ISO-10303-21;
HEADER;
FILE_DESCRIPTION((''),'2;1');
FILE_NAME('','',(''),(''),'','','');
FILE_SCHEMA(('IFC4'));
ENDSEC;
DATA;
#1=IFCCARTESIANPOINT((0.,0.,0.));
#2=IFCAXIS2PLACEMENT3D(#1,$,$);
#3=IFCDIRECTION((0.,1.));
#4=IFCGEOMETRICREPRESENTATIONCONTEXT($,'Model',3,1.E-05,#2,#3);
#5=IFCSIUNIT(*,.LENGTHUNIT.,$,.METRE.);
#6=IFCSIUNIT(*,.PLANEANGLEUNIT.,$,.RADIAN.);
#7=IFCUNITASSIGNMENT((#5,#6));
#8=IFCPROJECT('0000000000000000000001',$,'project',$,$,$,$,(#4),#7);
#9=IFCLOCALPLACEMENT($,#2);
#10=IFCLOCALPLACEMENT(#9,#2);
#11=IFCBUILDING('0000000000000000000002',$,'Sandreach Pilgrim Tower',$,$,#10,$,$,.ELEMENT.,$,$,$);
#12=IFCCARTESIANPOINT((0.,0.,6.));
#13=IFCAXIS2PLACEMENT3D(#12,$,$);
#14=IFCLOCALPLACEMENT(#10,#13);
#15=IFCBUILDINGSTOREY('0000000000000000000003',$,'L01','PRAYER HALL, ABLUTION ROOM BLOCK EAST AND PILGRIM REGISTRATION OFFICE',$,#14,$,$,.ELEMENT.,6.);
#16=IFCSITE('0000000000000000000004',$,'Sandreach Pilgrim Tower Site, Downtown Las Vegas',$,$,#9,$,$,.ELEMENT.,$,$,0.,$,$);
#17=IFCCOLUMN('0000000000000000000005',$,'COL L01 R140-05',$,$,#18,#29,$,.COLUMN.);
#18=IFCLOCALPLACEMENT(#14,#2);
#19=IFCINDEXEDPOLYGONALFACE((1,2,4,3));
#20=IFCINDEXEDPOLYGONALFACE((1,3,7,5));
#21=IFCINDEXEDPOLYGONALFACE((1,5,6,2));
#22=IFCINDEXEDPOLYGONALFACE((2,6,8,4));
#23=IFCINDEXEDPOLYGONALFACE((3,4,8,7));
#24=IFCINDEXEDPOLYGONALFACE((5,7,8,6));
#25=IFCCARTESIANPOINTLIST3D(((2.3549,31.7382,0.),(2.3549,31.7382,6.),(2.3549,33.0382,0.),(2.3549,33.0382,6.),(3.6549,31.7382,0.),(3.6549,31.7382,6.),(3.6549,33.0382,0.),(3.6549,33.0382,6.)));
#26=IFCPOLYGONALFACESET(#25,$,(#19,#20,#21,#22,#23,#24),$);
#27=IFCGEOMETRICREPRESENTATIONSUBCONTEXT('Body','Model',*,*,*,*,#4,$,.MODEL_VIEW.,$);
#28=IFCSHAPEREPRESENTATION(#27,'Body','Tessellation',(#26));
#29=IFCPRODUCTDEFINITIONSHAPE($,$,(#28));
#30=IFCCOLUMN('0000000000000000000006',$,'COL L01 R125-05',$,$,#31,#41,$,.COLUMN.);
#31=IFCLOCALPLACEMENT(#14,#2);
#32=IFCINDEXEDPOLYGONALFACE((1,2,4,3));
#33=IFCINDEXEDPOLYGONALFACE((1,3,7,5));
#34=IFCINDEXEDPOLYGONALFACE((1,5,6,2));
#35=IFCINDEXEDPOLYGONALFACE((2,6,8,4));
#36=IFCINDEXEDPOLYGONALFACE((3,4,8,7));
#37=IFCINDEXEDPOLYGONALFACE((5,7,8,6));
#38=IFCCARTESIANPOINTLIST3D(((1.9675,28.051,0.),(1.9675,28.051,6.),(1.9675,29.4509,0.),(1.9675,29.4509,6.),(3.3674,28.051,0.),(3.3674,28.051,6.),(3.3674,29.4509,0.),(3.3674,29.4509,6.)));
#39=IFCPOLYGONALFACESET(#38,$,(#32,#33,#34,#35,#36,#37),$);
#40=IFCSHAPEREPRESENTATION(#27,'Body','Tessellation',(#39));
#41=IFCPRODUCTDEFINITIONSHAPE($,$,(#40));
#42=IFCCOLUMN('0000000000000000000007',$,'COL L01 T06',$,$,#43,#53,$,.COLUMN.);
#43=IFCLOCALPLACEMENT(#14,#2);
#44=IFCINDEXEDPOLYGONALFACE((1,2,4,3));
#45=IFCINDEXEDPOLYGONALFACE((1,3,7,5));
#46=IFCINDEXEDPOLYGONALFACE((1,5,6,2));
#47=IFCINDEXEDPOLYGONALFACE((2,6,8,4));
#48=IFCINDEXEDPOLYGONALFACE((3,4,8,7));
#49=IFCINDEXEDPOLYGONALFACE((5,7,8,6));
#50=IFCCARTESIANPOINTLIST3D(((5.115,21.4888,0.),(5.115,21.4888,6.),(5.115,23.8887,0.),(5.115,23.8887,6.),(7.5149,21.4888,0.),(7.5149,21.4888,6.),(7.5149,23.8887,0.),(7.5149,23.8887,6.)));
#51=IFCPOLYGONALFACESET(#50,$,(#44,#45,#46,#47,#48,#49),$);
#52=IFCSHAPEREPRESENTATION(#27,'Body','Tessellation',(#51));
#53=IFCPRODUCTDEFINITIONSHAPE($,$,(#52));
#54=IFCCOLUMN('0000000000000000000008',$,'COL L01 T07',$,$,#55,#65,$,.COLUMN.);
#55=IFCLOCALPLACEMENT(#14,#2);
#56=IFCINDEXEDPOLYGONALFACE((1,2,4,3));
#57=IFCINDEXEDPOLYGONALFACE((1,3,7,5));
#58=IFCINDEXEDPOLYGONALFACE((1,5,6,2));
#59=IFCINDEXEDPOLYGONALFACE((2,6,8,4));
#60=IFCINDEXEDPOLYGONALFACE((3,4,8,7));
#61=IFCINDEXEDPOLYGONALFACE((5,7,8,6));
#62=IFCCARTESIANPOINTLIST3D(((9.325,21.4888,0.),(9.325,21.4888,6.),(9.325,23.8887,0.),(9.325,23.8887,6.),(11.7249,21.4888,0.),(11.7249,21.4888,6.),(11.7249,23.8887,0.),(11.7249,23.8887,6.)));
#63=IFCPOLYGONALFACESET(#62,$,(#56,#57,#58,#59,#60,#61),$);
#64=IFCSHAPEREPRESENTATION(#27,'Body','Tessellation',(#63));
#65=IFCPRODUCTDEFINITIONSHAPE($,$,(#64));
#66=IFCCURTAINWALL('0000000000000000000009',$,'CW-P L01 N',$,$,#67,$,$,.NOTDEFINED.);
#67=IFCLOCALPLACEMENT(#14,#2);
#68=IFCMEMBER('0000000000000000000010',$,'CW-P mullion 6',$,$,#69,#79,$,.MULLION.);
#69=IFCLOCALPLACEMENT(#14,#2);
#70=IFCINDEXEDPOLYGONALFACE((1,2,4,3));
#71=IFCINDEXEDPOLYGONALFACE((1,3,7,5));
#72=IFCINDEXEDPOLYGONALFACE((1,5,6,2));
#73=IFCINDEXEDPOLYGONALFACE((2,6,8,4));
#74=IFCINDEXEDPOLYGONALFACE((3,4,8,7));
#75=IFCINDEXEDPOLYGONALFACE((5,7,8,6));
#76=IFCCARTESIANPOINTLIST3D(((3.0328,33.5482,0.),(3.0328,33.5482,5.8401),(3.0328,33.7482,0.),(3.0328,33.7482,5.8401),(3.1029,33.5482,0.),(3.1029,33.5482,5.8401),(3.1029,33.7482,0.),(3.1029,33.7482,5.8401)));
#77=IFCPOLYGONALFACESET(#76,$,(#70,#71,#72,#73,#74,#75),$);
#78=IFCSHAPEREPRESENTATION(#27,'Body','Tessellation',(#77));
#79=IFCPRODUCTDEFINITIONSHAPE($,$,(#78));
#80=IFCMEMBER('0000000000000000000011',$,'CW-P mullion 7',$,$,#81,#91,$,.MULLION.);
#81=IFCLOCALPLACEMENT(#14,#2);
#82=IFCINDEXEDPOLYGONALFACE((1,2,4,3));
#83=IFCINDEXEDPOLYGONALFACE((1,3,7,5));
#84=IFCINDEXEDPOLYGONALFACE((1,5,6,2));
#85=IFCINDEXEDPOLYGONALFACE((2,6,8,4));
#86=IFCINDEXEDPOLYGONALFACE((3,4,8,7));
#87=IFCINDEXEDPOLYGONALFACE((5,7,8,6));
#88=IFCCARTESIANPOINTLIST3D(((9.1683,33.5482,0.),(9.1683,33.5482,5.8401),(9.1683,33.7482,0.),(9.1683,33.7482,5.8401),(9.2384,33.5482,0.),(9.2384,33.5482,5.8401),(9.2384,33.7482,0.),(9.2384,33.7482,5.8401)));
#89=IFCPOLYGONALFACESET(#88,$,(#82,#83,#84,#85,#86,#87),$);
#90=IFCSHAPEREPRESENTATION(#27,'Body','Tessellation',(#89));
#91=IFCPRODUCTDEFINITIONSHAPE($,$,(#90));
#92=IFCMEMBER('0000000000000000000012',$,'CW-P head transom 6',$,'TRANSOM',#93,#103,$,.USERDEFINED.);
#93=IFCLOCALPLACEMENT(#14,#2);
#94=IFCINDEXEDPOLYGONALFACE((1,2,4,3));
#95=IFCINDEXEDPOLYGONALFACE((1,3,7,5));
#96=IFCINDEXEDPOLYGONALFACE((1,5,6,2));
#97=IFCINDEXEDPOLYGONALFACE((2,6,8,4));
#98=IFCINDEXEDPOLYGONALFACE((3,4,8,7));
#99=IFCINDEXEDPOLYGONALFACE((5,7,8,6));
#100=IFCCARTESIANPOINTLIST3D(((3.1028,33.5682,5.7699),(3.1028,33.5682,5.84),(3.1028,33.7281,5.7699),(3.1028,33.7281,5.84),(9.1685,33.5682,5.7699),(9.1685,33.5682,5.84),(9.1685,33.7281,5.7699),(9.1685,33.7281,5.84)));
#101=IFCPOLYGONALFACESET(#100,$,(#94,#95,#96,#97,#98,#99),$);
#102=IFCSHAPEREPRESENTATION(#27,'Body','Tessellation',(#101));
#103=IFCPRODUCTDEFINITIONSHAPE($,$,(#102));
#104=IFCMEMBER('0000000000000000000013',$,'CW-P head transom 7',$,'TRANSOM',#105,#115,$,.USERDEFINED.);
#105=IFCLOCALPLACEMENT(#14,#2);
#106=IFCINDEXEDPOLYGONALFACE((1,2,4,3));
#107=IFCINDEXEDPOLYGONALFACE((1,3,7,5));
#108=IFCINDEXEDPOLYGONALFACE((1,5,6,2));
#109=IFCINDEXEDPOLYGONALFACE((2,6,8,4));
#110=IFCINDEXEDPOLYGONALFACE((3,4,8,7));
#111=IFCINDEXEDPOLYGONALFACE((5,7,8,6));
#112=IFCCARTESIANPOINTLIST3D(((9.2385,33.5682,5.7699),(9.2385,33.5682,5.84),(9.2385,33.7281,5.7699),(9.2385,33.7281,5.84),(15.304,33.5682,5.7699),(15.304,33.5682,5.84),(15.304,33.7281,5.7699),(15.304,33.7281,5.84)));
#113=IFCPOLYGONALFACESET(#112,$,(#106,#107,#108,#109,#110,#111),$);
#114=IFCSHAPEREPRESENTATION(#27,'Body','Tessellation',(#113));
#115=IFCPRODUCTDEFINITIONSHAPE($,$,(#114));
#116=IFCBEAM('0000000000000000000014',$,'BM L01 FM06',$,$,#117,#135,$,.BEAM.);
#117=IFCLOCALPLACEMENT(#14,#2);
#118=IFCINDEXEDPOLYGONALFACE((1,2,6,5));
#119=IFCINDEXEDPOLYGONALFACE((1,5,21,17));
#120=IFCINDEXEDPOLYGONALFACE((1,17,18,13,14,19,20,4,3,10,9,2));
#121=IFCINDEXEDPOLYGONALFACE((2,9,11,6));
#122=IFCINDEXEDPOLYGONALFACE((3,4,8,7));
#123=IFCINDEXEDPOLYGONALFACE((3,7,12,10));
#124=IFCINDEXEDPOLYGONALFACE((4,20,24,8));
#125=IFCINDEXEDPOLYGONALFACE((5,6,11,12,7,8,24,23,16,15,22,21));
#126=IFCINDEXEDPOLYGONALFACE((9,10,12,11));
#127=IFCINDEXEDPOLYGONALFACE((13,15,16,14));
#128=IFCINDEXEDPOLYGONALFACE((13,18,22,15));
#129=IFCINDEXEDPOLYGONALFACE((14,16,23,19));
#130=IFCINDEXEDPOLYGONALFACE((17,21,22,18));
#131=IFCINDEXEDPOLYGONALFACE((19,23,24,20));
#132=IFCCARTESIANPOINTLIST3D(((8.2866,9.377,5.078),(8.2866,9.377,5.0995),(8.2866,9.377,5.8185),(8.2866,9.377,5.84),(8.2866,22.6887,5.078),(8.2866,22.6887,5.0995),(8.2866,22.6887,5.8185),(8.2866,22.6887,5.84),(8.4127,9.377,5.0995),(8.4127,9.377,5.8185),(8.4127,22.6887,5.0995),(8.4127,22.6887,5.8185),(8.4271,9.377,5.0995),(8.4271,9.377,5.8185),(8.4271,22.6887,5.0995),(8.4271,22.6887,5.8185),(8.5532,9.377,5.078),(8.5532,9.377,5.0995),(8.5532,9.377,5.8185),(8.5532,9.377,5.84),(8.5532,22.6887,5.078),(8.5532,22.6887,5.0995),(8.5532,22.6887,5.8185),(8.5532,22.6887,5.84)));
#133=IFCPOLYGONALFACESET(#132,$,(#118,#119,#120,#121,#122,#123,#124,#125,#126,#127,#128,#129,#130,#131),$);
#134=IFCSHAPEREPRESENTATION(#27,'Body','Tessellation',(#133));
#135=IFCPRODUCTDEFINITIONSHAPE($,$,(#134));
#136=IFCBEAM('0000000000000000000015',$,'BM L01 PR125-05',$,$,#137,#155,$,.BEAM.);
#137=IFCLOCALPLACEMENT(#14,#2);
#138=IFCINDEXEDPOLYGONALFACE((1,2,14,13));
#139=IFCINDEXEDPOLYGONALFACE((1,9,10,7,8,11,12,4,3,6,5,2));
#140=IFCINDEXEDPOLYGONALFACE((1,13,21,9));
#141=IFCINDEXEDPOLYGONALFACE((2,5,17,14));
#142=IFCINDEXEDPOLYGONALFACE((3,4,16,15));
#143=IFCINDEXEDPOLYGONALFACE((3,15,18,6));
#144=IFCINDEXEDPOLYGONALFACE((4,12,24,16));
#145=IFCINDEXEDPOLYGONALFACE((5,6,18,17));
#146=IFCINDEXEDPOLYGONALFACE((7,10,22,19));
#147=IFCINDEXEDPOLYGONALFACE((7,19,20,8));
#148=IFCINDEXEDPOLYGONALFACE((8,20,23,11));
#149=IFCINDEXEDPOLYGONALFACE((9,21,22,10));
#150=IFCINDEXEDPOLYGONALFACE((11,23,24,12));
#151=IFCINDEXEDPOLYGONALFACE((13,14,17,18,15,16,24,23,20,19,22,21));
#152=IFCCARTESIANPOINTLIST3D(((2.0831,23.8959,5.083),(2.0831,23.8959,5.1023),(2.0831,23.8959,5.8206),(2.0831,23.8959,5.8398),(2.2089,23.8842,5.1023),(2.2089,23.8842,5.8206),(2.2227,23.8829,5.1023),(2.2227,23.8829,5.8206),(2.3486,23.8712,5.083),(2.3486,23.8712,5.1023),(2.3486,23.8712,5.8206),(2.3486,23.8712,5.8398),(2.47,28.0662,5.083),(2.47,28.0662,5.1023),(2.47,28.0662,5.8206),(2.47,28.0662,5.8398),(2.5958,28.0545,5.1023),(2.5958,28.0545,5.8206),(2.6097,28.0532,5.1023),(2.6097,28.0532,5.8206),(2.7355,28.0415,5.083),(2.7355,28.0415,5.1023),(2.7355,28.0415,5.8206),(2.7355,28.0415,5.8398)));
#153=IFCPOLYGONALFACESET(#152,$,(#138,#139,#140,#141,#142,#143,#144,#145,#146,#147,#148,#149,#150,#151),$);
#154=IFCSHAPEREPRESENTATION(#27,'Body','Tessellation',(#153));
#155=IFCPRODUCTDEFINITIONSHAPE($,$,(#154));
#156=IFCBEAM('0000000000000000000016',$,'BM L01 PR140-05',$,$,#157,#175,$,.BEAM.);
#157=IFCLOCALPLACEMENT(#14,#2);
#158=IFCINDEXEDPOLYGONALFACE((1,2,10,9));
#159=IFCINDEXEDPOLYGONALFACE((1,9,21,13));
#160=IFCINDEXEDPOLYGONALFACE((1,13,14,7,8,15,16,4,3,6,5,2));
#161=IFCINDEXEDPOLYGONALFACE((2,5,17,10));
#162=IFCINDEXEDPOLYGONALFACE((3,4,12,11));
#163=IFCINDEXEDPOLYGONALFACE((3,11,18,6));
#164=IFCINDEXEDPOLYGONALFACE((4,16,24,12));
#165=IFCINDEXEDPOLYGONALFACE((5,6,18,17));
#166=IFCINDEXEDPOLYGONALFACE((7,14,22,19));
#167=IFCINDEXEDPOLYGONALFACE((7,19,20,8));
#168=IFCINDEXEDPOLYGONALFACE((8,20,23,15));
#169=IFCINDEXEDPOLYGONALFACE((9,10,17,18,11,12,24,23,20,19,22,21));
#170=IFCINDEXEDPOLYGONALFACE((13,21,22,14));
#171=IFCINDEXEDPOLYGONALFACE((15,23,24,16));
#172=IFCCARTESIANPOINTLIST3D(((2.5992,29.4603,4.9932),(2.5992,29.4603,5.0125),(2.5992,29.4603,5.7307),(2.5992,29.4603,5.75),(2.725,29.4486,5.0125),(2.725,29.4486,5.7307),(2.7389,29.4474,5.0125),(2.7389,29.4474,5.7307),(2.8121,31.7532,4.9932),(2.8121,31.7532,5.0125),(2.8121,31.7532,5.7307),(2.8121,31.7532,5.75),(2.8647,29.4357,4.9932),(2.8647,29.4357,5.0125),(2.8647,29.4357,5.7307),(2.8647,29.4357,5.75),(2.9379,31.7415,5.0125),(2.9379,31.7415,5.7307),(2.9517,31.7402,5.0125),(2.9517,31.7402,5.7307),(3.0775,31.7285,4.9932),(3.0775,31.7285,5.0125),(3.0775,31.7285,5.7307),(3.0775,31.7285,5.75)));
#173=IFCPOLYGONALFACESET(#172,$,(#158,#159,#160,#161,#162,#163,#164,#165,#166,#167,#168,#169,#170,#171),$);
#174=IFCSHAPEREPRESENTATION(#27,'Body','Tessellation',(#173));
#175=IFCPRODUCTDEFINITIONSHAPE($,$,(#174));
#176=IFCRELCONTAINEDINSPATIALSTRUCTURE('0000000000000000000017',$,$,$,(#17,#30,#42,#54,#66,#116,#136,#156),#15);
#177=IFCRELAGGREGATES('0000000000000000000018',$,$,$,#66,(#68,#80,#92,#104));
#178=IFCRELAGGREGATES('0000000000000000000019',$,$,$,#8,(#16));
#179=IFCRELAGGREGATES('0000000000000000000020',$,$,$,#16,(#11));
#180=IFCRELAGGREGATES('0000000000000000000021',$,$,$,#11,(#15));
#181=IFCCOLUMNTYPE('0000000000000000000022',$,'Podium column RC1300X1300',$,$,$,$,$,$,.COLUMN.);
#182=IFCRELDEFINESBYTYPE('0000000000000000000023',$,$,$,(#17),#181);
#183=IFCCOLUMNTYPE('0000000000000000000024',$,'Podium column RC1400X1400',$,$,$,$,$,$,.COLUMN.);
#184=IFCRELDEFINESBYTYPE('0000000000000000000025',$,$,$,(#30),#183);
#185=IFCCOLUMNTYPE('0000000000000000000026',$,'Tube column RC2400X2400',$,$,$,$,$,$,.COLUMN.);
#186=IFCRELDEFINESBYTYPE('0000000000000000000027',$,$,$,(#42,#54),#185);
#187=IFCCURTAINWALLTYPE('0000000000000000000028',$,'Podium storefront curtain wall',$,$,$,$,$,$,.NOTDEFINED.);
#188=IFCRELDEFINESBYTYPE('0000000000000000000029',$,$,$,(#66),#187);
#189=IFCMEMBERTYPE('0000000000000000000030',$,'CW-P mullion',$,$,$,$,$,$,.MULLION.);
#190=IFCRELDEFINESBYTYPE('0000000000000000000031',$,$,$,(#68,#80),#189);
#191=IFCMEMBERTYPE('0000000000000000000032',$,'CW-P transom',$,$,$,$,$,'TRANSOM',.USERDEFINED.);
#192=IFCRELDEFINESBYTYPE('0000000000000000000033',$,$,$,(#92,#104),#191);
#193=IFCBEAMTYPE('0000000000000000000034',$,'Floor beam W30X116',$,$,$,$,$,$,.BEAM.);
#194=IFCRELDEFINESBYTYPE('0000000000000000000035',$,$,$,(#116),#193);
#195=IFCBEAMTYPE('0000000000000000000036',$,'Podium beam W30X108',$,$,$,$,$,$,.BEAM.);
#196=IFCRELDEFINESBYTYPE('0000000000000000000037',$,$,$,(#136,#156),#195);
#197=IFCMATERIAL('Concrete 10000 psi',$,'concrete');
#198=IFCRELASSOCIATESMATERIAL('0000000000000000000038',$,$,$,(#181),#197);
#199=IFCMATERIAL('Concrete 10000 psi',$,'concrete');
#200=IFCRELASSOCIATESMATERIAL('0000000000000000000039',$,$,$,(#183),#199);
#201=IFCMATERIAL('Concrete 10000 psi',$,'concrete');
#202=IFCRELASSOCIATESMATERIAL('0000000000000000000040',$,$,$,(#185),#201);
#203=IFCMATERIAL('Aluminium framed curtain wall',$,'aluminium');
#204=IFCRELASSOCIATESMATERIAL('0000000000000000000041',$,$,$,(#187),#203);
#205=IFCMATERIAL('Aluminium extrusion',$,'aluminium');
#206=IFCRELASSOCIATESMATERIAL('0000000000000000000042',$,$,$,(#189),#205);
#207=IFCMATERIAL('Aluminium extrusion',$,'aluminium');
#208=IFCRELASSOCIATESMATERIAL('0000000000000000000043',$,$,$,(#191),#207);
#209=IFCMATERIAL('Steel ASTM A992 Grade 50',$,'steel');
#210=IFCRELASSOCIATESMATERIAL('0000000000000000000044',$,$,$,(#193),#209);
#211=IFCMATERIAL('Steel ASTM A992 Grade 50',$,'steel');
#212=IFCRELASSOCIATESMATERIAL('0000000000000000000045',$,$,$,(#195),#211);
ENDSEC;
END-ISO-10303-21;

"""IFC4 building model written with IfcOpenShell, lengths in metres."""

from ifc_helpers import new_model, si_unit, direction, frame, origin, origin_2d, place, context, subcontext, project, spatial, rectangle, i_section, extrude, material, material_profile, profile_set, type_object, element, aggregate, save


model = new_model("IFC4")

# Units and contexts
model_context = context("Model", 3, precision=1e-05, world=origin(), true_north=direction((0.0, 1.0)))
body_context = subcontext(model_context, "Body", "Model", "MODEL_VIEW")
ifc_project = project(units=[si_unit("LENGTHUNIT", "METRE"), si_unit("PLANEANGLEUNIT", "RADIAN")], contexts=[model_context])

# Site, building, storey
site_placement = place(None, origin())
site = spatial("IfcSite", under=ifc_project, at=site_placement, Name="Sandreach Pilgrim Tower Site, Downtown Las Vegas", CompositionType="ELEMENT", RefElevation=0.0)
building_placement = place(site_placement, origin())
building = spatial("IfcBuilding", under=site, at=building_placement, Name="Sandreach Pilgrim Tower", CompositionType="ELEMENT")
storey_placement = place(building_placement, frame((0.0, 0.0, 6.0)))
storey = spatial("IfcBuildingStorey", under=building, at=storey_placement, Name="L01", Description="PRAYER HALL, ABLUTION ROOM BLOCK EAST AND PILGRIM REGISTRATION OFFICE", CompositionType="ELEMENT", Elevation=6.0)

# Columns
ifc_material_1 = material(Name="Concrete 10000 psi", Category="concrete")
ifc_material_profile_1 = material_profile(ifc_material_1, rectangle(XDim=1.3, YDim=1.3, at=origin_2d()), Name="RC1300X1300")
ifc_profile_set_1 = profile_set([ifc_material_profile_1], Name="Concrete 10000 psi")
column_type_1 = type_object("IfcColumnType", Name="Podium column RC1300X1300", PredefinedType="COLUMN", material=ifc_profile_set_1)
column_1_placement = place(storey_placement, frame((3.0049, 32.3882, 0.0), z_axis=(0.0, 0.0, 1.0), x_axis=(0.0, 1.0, 0.0)))
element("IfcColumn", 1, at=column_1_placement, inside=storey, type_object=column_type_1, Name="COL L01 R140-05", PredefinedType="COLUMN", context=body_context, shape_type="SweptSolid", body=[
    extrude(rectangle(XDim=1.3, YDim=1.3, at=origin_2d()), origin(), (0.0, 0.0, 1.0), 6.0),
])
ifc_material_2 = material(Name="Concrete 10000 psi", Category="concrete")
ifc_material_profile_2 = material_profile(ifc_material_2, rectangle(XDim=1.3999, YDim=1.3999, at=origin_2d()), Name="RC1400X1400")
ifc_profile_set_2 = profile_set([ifc_material_profile_2], Name="Concrete 10000 psi")
column_type_2 = type_object("IfcColumnType", Name="Podium column RC1400X1400", PredefinedType="COLUMN", material=ifc_profile_set_2)
column_2_placement = place(storey_placement, frame((2.6675, 28.751, 0.0), z_axis=(0.0, 0.0, 1.0), x_axis=(0.0, 1.0, 0.0)))
element("IfcColumn", 2, at=column_2_placement, inside=storey, type_object=column_type_2, Name="COL L01 R125-05", PredefinedType="COLUMN", context=body_context, shape_type="SweptSolid", body=[
    extrude(rectangle(XDim=1.3999, YDim=1.3999, at=origin_2d()), origin(), (0.0, 0.0, 1.0), 6.0),
])
ifc_material_3 = material(Name="Concrete 10000 psi", Category="concrete")
ifc_material_profile_3 = material_profile(ifc_material_3, rectangle(XDim=2.3999, YDim=2.3999, at=origin_2d()), Name="RC2400X2400")
ifc_profile_set_3 = profile_set([ifc_material_profile_3], Name="Concrete 10000 psi")
column_type_3 = type_object("IfcColumnType", Name="Tube column RC2400X2400", PredefinedType="COLUMN", material=ifc_profile_set_3)
for number, where, z_axis, x_axis, name in (
    (3, (6.3149, 22.6887, 0.0), (0.0, 0.0, 1.0), (0.0, 1.0, 0.0), "COL L01 T06"),
    (4, (10.5249, 22.6887, 0.0), (0.0, 0.0, 1.0), (0.0, 1.0, 0.0), "COL L01 T07"),
):
    element("IfcColumn", number, at=place(storey_placement, frame(where, z_axis=z_axis, x_axis=x_axis)), inside=storey, type_object=column_type_3, Name=name, PredefinedType="COLUMN", context=body_context, shape_type="SweptSolid", body=[
        extrude(rectangle(XDim=2.3999, YDim=2.3999, at=origin_2d()), origin(), (0.0, 0.0, 1.0), 6.0),
    ])

# Curtain wall, members
ifc_material_4 = material(Name="Aluminium framed curtain wall", Category="aluminium")
curtain_wall_type = type_object("IfcCurtainWallType", Name="Podium storefront curtain wall", PredefinedType="NOTDEFINED", material=ifc_material_4)
curtain_wall_placement = place(storey_placement, origin())
curtain_wall = element("IfcCurtainWall", 5, at=curtain_wall_placement, inside=storey, type_object=curtain_wall_type, Name="CW-P L01 N", PredefinedType="NOTDEFINED")
ifc_material_5 = material(Name="Aluminium extrusion", Category="aluminium")
ifc_material_profile_4 = material_profile(ifc_material_5, rectangle(XDim=0.0701, YDim=0.2, at=origin_2d()), Name="CW-PM 70X200")
ifc_profile_set_4 = profile_set([ifc_material_profile_4], Name="Aluminium extrusion")
member_type_1 = type_object("IfcMemberType", Name="CW-P mullion", PredefinedType="MULLION", material=ifc_profile_set_4)
member_1_placement = place(storey_placement, frame((3.0679, 33.6482, 0.0), z_axis=(0.0, 0.0, 1.0), x_axis=(1.0, 0.0, 0.0)))
member_1 = element("IfcMember", 6, at=member_1_placement, type_object=member_type_1, Name="CW-P mullion 6", PredefinedType="MULLION", context=body_context, shape_type="SweptSolid", body=[
    extrude(rectangle(XDim=0.0701, YDim=0.2, at=origin_2d()), origin(), (0.0, 0.0, 1.0), 5.8401),
])
member_2_placement = place(storey_placement, frame((9.2034, 33.6482, 0.0), z_axis=(0.0, 0.0, 1.0), x_axis=(1.0, 0.0, 0.0)))
member_2 = element("IfcMember", 7, at=member_2_placement, type_object=member_type_1, Name="CW-P mullion 7", PredefinedType="MULLION", context=body_context, shape_type="SweptSolid", body=[
    extrude(rectangle(XDim=0.0701, YDim=0.2, at=origin_2d()), origin(), (0.0, 0.0, 1.0), 5.8401),
])
ifc_material_6 = material(Name="Aluminium extrusion", Category="aluminium")
ifc_material_profile_5 = material_profile(ifc_material_6, rectangle(XDim=0.1599, YDim=0.0701, at=origin_2d()), Name="CW-PT 160X70")
ifc_profile_set_5 = profile_set([ifc_material_profile_5], Name="Aluminium extrusion")
member_type_2 = type_object("IfcMemberType", Name="CW-P transom", ElementType="TRANSOM", PredefinedType="USERDEFINED", material=ifc_profile_set_5)
member_3_placement = place(storey_placement, frame((3.1028, 33.6482, 5.8049), z_axis=(1.0, 0.0, 0.0), x_axis=(0.0, 1.0, 0.0)))
member_3 = element("IfcMember", 8, at=member_3_placement, type_object=member_type_2, Name="CW-P head transom 6", ObjectType="TRANSOM", PredefinedType="USERDEFINED", context=body_context, shape_type="SweptSolid", body=[
    extrude(rectangle(XDim=0.1599, YDim=0.0701, at=origin_2d()), origin(), (0.0, 0.0, 1.0), 6.0657),
])
member_4_placement = place(storey_placement, frame((9.2385, 33.6482, 5.8049), z_axis=(1.0, 0.0, 0.0), x_axis=(0.0, 1.0, 0.0)))
member_4 = element("IfcMember", 9, at=member_4_placement, type_object=member_type_2, Name="CW-P head transom 7", ObjectType="TRANSOM", PredefinedType="USERDEFINED", context=body_context, shape_type="SweptSolid", body=[
    extrude(rectangle(XDim=0.1599, YDim=0.0701, at=origin_2d()), origin(), (0.0, 0.0, 1.0), 6.0654),
])

# Beams
ifc_material_7 = material(Name="Steel ASTM A992 Grade 50", Category="steel")
ifc_material_profile_6 = material_profile(ifc_material_7, i_section(OverallWidth=0.2666, OverallDepth=0.762, WebThickness=0.0144, FlangeThickness=0.0215, at=origin_2d()), Name="W30X116")
ifc_profile_set_6 = profile_set([ifc_material_profile_6], Name="Steel ASTM A992 Grade 50")
beam_type_1 = type_object("IfcBeamType", Name="Floor beam W30X116", PredefinedType="BEAM", material=ifc_profile_set_6)
beam_1_placement = place(storey_placement, frame((8.4199, 22.6887, 5.459), z_axis=(0.0, -1.0, 0.0), x_axis=(1.0, 0.0, 0.0)))
element("IfcBeam", 10, at=beam_1_placement, inside=storey, type_object=beam_type_1, Name="BM L01 FM06", PredefinedType="BEAM", context=body_context, shape_type="SweptSolid", body=[
    extrude(i_section(OverallWidth=0.2666, OverallDepth=0.762, WebThickness=0.0144, FlangeThickness=0.0215, at=origin_2d()), origin(), (0.0, 0.0, 1.0), 13.3118),
])
ifc_material_8 = material(Name="Steel ASTM A992 Grade 50", Category="steel")
ifc_material_profile_7 = material_profile(ifc_material_8, i_section(OverallWidth=0.2666, OverallDepth=0.7568, WebThickness=0.0139, FlangeThickness=0.0193, at=origin_2d()), Name="W30X108")
ifc_profile_set_7 = profile_set([ifc_material_profile_7], Name="Steel ASTM A992 Grade 50")
beam_type_2 = type_object("IfcBeamType", Name="Podium beam W30X108", PredefinedType="BEAM", material=ifc_profile_set_7)
beam_2_placement = place(storey_placement, frame((2.2158, 23.8835, 5.4614), z_axis=(0.092391, 0.995723, 0.0), x_axis=(-0.995723, 0.092391, 0.0)))
element("IfcBeam", 11, at=beam_2_placement, inside=storey, type_object=beam_type_2, Name="BM L01 PR125-05", PredefinedType="BEAM", context=body_context, shape_type="SweptSolid", body=[
    extrude(i_section(OverallWidth=0.2666, OverallDepth=0.7568, WebThickness=0.0139, FlangeThickness=0.0193, at=origin_2d()), origin(), (0.0, 0.0, 1.0), 4.1882),
])
beam_3_placement = place(storey_placement, frame((2.7319, 29.448, 5.3716), z_axis=(0.092447, 0.995718, 0.0), x_axis=(-0.995718, 0.092447, 0.0)))
element("IfcBeam", 12, at=beam_3_placement, inside=storey, type_object=beam_type_2, Name="BM L01 PR140-05", PredefinedType="BEAM", context=body_context, shape_type="SweptSolid", body=[
    extrude(i_section(OverallWidth=0.2666, OverallDepth=0.7568, WebThickness=0.0139, FlangeThickness=0.0193, at=origin_2d()), origin(), (0.0, 0.0, 1.0), 2.3027),
])

aggregate(curtain_wall, [member_1, member_2, member_3, member_4])

save(model, "model.ifc")
